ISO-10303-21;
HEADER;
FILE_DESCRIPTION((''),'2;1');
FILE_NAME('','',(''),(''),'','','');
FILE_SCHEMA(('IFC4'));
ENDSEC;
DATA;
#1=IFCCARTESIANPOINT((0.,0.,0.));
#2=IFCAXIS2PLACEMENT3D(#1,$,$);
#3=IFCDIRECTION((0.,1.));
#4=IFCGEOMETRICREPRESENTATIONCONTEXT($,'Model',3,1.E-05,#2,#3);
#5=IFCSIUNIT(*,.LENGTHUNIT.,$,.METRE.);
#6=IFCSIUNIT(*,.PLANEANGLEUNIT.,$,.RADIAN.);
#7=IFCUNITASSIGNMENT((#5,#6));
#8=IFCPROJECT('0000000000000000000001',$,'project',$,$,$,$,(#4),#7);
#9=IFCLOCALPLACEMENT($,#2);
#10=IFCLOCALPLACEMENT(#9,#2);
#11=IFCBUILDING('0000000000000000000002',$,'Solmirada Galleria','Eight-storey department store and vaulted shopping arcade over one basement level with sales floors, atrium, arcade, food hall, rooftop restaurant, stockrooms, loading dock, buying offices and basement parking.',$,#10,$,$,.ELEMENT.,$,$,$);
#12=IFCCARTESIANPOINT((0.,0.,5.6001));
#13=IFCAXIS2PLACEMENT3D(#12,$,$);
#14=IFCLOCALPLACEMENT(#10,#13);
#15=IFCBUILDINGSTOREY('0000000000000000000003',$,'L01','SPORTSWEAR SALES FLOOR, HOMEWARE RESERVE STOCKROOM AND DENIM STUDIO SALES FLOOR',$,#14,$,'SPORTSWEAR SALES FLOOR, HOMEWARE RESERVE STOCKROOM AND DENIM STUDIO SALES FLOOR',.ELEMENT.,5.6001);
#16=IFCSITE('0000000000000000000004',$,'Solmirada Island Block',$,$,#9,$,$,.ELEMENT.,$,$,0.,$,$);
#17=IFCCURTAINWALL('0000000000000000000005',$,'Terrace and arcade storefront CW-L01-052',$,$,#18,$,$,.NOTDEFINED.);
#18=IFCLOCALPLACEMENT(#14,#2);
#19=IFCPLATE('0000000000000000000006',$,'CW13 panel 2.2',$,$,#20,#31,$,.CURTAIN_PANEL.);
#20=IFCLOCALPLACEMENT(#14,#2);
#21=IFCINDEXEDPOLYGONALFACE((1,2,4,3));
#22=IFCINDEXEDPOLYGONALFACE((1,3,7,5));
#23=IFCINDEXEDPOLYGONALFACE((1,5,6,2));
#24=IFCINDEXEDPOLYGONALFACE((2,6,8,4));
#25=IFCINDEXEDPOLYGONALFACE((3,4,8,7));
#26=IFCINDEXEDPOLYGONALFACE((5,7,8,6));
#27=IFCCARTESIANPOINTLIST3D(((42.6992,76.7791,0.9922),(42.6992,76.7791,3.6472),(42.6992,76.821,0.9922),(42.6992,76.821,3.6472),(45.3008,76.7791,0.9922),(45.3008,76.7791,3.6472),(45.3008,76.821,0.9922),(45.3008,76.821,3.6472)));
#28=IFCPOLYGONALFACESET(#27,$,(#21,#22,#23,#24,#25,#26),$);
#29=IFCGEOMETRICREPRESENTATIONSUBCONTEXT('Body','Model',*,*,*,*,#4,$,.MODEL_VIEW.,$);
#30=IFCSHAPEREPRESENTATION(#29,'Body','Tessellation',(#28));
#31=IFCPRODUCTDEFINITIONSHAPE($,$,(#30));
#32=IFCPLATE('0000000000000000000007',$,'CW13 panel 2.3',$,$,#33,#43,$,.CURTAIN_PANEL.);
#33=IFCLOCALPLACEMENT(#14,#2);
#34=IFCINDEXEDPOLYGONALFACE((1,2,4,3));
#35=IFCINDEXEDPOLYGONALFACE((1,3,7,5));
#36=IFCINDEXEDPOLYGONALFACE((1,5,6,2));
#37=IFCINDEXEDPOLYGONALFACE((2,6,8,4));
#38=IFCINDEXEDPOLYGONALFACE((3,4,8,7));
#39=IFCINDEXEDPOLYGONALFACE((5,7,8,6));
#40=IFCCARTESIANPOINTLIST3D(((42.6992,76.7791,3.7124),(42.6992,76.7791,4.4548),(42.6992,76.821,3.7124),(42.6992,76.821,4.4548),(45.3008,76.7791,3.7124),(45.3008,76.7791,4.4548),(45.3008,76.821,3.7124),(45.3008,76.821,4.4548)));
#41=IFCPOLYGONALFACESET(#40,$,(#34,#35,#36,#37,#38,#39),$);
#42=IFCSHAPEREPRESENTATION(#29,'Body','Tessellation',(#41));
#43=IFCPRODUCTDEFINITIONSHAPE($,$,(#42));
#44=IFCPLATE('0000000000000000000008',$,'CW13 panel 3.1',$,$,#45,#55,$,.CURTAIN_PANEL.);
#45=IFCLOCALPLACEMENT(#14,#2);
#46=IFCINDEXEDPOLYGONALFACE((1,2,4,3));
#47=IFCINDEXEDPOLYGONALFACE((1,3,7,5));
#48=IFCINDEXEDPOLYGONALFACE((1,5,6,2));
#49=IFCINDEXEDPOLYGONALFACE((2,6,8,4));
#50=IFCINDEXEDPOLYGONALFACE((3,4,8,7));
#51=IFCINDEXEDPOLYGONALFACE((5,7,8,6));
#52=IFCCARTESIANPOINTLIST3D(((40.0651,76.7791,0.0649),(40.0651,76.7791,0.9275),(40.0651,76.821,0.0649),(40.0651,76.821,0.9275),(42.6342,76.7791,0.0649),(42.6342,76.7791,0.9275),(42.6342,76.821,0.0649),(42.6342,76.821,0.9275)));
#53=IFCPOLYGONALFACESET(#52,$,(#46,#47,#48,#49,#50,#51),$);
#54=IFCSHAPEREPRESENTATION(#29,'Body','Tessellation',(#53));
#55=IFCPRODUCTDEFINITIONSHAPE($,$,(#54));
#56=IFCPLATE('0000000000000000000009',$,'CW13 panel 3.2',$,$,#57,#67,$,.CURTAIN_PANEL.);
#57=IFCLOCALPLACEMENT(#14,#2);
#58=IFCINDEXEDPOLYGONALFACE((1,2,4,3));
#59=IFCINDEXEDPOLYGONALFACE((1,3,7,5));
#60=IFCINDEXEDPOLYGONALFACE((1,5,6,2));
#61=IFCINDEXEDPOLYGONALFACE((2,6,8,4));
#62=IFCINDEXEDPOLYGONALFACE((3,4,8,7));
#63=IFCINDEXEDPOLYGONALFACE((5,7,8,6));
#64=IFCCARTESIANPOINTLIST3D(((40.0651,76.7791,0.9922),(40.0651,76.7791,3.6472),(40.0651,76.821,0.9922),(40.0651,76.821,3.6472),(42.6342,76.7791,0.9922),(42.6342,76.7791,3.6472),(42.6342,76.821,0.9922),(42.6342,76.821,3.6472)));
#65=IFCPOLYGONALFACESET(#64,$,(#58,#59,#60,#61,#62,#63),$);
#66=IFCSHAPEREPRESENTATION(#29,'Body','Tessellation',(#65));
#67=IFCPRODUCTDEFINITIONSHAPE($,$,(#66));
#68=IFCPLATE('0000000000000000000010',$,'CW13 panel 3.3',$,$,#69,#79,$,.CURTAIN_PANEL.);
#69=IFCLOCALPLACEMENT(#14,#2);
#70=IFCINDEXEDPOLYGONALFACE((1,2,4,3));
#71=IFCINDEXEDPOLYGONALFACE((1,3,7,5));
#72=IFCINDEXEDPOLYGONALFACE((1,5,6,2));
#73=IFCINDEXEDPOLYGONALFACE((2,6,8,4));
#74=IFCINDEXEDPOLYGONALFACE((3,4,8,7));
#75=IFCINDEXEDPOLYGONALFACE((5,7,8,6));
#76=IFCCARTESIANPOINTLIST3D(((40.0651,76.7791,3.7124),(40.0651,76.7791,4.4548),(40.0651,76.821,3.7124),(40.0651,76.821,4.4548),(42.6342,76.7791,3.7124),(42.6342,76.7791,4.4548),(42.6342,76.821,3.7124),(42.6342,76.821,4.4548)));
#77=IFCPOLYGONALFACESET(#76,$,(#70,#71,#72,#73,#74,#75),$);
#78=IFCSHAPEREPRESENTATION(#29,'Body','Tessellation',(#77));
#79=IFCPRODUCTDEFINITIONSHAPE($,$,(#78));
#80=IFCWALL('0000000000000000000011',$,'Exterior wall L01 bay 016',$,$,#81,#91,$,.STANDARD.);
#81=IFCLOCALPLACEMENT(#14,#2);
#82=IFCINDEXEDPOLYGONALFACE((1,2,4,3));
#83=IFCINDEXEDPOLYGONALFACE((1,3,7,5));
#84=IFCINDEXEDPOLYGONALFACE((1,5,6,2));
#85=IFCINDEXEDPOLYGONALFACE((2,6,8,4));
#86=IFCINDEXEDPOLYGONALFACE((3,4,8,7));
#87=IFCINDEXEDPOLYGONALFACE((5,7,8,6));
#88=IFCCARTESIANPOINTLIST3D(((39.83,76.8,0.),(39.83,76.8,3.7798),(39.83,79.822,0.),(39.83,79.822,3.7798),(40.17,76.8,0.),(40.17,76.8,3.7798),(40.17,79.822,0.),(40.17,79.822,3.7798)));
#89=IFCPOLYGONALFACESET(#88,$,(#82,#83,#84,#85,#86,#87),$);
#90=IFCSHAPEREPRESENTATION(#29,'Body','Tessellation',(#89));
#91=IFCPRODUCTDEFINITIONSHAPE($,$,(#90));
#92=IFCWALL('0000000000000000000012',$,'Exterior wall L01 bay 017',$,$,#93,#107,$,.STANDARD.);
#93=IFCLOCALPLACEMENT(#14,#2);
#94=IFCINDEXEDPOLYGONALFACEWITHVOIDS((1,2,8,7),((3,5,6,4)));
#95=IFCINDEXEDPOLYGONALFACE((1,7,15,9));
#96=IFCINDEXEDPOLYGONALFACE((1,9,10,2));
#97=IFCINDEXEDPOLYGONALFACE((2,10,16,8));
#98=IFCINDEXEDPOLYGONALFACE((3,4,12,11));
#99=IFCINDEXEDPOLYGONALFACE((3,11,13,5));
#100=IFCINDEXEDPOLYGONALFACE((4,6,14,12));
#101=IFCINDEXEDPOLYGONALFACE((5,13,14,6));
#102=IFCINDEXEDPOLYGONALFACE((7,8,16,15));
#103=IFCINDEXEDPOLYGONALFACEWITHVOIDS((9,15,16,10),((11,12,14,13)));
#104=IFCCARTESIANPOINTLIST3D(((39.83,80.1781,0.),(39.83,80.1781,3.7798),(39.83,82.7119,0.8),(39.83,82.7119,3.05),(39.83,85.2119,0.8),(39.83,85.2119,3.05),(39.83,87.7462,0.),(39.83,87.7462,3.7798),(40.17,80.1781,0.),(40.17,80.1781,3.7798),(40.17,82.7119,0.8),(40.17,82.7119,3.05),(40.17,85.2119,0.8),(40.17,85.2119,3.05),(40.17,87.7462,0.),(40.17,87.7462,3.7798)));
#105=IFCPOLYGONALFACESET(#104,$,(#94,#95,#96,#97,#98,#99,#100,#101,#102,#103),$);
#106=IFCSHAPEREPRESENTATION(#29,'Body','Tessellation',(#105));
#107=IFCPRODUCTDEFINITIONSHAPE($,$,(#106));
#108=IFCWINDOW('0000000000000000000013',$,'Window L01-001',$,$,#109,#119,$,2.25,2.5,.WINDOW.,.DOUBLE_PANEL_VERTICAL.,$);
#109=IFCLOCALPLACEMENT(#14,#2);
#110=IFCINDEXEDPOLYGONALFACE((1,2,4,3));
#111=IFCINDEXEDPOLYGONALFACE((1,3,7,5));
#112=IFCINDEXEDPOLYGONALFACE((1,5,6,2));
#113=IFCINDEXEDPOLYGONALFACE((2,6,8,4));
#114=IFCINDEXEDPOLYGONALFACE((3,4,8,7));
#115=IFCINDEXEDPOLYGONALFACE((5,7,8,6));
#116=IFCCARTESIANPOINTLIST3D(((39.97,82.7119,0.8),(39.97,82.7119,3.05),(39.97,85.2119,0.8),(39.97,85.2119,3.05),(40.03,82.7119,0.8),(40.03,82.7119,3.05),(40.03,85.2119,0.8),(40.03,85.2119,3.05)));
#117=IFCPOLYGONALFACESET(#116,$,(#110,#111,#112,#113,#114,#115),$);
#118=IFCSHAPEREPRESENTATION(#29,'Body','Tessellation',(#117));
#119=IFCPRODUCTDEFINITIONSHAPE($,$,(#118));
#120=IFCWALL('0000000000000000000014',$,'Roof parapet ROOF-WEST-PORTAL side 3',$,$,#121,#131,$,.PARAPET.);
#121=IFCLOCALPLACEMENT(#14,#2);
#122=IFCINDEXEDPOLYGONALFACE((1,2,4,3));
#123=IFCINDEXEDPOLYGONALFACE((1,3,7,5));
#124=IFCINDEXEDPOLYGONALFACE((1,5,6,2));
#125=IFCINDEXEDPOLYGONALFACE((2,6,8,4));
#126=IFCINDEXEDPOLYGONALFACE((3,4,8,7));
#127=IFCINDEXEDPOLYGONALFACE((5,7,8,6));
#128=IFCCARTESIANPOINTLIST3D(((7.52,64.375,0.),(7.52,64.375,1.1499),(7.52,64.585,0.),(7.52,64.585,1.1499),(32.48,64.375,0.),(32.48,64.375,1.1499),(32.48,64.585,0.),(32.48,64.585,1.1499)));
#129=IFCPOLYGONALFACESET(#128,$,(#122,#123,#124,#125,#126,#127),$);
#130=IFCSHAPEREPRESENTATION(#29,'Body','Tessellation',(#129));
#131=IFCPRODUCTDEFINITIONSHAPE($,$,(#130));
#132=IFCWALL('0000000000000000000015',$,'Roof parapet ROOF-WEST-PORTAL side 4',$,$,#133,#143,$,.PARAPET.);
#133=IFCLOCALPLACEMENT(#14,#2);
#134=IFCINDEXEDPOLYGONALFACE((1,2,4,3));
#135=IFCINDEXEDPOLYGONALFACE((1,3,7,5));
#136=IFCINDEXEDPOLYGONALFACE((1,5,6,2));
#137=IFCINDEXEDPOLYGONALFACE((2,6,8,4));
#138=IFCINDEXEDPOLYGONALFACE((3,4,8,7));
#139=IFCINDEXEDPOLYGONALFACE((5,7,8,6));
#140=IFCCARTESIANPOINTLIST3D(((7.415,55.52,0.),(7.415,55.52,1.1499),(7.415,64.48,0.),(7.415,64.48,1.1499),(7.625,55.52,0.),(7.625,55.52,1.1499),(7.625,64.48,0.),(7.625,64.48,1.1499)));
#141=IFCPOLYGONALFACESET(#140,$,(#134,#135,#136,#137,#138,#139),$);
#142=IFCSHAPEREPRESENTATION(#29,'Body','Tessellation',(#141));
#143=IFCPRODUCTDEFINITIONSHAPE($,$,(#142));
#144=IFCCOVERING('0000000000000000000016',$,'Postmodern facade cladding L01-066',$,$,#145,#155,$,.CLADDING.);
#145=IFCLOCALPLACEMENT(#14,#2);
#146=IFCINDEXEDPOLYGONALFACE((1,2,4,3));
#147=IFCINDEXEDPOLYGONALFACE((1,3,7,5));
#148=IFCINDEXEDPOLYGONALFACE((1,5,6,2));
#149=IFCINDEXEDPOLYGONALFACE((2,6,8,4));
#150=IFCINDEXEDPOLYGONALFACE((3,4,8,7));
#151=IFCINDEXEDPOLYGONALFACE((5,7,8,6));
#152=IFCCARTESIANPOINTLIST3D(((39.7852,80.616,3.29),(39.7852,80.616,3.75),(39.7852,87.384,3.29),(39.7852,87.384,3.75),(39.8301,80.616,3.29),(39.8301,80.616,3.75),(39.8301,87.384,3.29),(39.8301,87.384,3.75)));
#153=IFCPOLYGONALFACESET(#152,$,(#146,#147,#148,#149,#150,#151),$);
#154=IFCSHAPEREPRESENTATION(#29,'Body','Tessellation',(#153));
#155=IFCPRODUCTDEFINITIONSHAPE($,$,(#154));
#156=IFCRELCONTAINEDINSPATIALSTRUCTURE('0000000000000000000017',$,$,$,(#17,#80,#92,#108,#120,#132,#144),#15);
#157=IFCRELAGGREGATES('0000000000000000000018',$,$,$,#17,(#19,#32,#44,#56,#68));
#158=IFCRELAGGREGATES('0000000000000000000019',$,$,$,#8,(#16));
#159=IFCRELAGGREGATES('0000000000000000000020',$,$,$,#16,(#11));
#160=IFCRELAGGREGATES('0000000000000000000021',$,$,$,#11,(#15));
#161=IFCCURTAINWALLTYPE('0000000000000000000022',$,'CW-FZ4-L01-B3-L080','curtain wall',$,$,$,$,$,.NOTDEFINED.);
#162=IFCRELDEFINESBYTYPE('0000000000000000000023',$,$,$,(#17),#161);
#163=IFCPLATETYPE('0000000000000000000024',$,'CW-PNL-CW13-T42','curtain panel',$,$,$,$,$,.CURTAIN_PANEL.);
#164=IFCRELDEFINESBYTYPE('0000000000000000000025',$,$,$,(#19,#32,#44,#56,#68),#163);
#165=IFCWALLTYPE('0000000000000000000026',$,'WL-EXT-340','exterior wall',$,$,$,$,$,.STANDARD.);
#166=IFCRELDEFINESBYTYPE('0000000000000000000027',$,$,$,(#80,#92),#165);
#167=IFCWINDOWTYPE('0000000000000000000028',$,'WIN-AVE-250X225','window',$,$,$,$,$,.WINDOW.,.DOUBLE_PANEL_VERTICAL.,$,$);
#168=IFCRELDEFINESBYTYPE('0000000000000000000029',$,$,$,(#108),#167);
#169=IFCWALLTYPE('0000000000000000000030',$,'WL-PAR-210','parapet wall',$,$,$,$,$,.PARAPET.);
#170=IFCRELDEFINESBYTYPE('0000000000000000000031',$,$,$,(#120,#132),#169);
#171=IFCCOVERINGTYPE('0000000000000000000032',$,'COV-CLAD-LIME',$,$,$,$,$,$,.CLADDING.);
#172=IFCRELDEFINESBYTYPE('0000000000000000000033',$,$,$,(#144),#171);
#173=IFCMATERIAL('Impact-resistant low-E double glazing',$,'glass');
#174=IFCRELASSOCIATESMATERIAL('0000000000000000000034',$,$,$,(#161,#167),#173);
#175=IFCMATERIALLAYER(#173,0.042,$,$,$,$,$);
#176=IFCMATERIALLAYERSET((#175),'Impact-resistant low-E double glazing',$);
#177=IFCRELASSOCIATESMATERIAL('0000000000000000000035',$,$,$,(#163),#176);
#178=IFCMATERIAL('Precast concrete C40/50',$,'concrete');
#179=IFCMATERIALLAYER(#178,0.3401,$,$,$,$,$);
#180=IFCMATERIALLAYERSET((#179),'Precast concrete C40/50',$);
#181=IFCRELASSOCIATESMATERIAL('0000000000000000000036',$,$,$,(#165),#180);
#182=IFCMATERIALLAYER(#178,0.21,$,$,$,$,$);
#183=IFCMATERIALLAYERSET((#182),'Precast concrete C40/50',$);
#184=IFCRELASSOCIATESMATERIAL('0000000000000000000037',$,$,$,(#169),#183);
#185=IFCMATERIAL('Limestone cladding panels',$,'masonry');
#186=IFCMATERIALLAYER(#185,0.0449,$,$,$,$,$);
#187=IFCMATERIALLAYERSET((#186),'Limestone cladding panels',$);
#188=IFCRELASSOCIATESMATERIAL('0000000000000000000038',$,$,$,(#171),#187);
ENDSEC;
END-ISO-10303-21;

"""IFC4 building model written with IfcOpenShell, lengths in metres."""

from ifc_helpers import new_model, si_unit, direction, frame, frame_2d, origin, origin_2d, place, context, subcontext, project, spatial, rectangle, extrude, material, layer, layer_set, type_object, element, fill, aggregate, save


model = new_model("IFC4")

# Units and contexts
model_context = context("Model", 3, precision=1e-05, world=origin(), true_north=direction((0.0, 1.0)))
body_context = subcontext(model_context, "Body", "Model", "MODEL_VIEW")
ifc_project = project(units=[si_unit("LENGTHUNIT", "METRE"), si_unit("PLANEANGLEUNIT", "RADIAN")], contexts=[model_context])

# Site, building, storey
site_placement = place(None, origin())
site = spatial("IfcSite", under=ifc_project, at=site_placement, Name="Solmirada Island Block", CompositionType="ELEMENT", RefElevation=0.0)
building_placement = place(site_placement, origin())
building = spatial("IfcBuilding", under=site, at=building_placement, Name="Solmirada Galleria", Description="Eight-storey department store and vaulted shopping arcade over one basement level with sales floors, atrium, arcade, food hall, rooftop restaurant, stockrooms, loading dock, buying offices and basement parking.", CompositionType="ELEMENT")
storey_placement = place(building_placement, frame((0.0, 0.0, 5.6001)))
storey = spatial("IfcBuildingStorey", under=building, at=storey_placement, Name="L01", Description="SPORTSWEAR SALES FLOOR, HOMEWARE RESERVE STOCKROOM AND DENIM STUDIO SALES FLOOR", LongName="SPORTSWEAR SALES FLOOR, HOMEWARE RESERVE STOCKROOM AND DENIM STUDIO SALES FLOOR", CompositionType="ELEMENT", Elevation=5.6001)

# Curtain wall, plates
ifc_material_1 = material(Name="Impact-resistant low-E double glazing", Category="glass")
curtain_wall_type = type_object("IfcCurtainWallType", Name="CW-FZ4-L01-B3-L080", Description="curtain wall", PredefinedType="NOTDEFINED", material=ifc_material_1)
curtain_wall_placement = place(storey_placement, origin())
curtain_wall = element("IfcCurtainWall", 1, at=curtain_wall_placement, inside=storey, type_object=curtain_wall_type, Name="Terrace and arcade storefront CW-L01-052", PredefinedType="NOTDEFINED")
ifc_layer_1 = layer(ifc_material_1, 0.042)
ifc_layer_set_1 = layer_set([ifc_layer_1], Name="Impact-resistant low-E double glazing")
plate_type = type_object("IfcPlateType", Name="CW-PNL-CW13-T42", Description="curtain panel", PredefinedType="CURTAIN_PANEL", material=ifc_layer_set_1)
plate_1_placement = place(storey_placement, frame((44.0, 76.8, 0.9922), z_axis=(0.0, 0.0, 1.0), x_axis=(-1.0, 0.0, 0.0)))
plate_1 = element("IfcPlate", 2, at=plate_1_placement, type_object=plate_type, Name="CW13 panel 2.2", PredefinedType="CURTAIN_PANEL", context=body_context, shape_type="SweptSolid", body=[
    extrude(rectangle(XDim=2.6016, YDim=0.042, at=origin_2d()), origin(), (0.0, 0.0, 1.0), 2.655),
])
plate_2_placement = place(storey_placement, frame((44.0, 76.8, 3.7124), z_axis=(0.0, 0.0, 1.0), x_axis=(-1.0, 0.0, 0.0)))
plate_2 = element("IfcPlate", 3, at=plate_2_placement, type_object=plate_type, Name="CW13 panel 2.3", PredefinedType="CURTAIN_PANEL", context=body_context, shape_type="SweptSolid", body=[
    extrude(rectangle(XDim=2.6016, YDim=0.042, at=origin_2d()), origin(), (0.0, 0.0, 1.0), 0.7424),
])
plate_3_placement = place(storey_placement, frame((41.3496, 76.8, 0.0649), z_axis=(0.0, 0.0, 1.0), x_axis=(-1.0, 0.0, 0.0)))
plate_3 = element("IfcPlate", 4, at=plate_3_placement, type_object=plate_type, Name="CW13 panel 3.1", PredefinedType="CURTAIN_PANEL", context=body_context, shape_type="SweptSolid", body=[
    extrude(rectangle(XDim=2.5691, YDim=0.042, at=origin_2d()), origin(), (0.0, 0.0, 1.0), 0.8625),
])
plate_4_placement = place(storey_placement, frame((41.3496, 76.8, 0.9922), z_axis=(0.0, 0.0, 1.0), x_axis=(-1.0, 0.0, 0.0)))
plate_4 = element("IfcPlate", 5, at=plate_4_placement, type_object=plate_type, Name="CW13 panel 3.2", PredefinedType="CURTAIN_PANEL", context=body_context, shape_type="SweptSolid", body=[
    extrude(rectangle(XDim=2.5691, YDim=0.042, at=origin_2d()), origin(), (0.0, 0.0, 1.0), 2.655),
])
plate_5_placement = place(storey_placement, frame((41.3496, 76.8, 3.7124), z_axis=(0.0, 0.0, 1.0), x_axis=(-1.0, 0.0, 0.0)))
plate_5 = element("IfcPlate", 6, at=plate_5_placement, type_object=plate_type, Name="CW13 panel 3.3", PredefinedType="CURTAIN_PANEL", context=body_context, shape_type="SweptSolid", body=[
    extrude(rectangle(XDim=2.5691, YDim=0.042, at=origin_2d()), origin(), (0.0, 0.0, 1.0), 0.7424),
])
aggregate(curtain_wall, [plate_1, plate_2, plate_3, plate_4, plate_5])

# Wall
ifc_material_2 = material(Name="Precast concrete C40/50", Category="concrete")
ifc_layer_2 = layer(ifc_material_2, 0.3401)
ifc_layer_set_2 = layer_set([ifc_layer_2], Name="Precast concrete C40/50")
wall_type_1 = type_object("IfcWallType", Name="WL-EXT-340", Description="exterior wall", PredefinedType="STANDARD", material=ifc_layer_set_2)
wall_1_placement = place(storey_placement, frame((40.0, 76.8, 0.0), z_axis=(0.0, 0.0, 1.0), x_axis=(0.0, 1.0, 0.0)))
element("IfcWall", 7, at=wall_1_placement, inside=storey, type_object=wall_type_1, Name="Exterior wall L01 bay 016", PredefinedType="STANDARD", context=body_context, shape_type="SweptSolid", body=[
    extrude(rectangle(XDim=3.022, YDim=0.3401, at=frame_2d((1.511, 0.0))), origin(), (0.0, 0.0, 1.0), 3.7798),
])

# Wall, opening, window
wall_2_placement = place(storey_placement, frame((40.0, 80.178, 0.0), z_axis=(0.0, 0.0, 1.0), x_axis=(0.0, 1.0, 0.0)))
wall_2 = element("IfcWall", 8, at=wall_2_placement, inside=storey, type_object=wall_type_1, Name="Exterior wall L01 bay 017", PredefinedType="STANDARD", context=body_context, shape_type="SweptSolid", body=[
    extrude(rectangle(XDim=7.5681, YDim=0.3401, at=frame_2d((3.7842, 0.0))), origin(), (0.0, 0.0, 1.0), 3.7798),
])
opening_placement = place(wall_2_placement, frame((2.5339, 0.0, 0.8)))
opening = element("IfcOpeningElement", 9, at=opening_placement, cuts=wall_2, PredefinedType="OPENING", context=body_context, shape_type="SweptSolid", body=[
    extrude(rectangle(XDim=2.5, YDim=2.25, at=frame_2d((1.25, 1.125))), frame((0.0, 0.1799, 0.0), z_axis=(0.0, -1.0, 0.0), x_axis=(1.0, 0.0, 0.0)), (0.0, 0.0, 1.0), 0.3601),
])
window_type = type_object("IfcWindowType", Name="WIN-AVE-250X225", Description="window", PartitioningType="DOUBLE_PANEL_VERTICAL", PredefinedType="WINDOW", material=ifc_material_1)
window_placement = place(opening_placement, origin())
window = element("IfcWindow", 10, at=window_placement, inside=storey, type_object=window_type, Name="Window L01-001", OverallHeight=2.25, OverallWidth=2.5, PartitioningType="DOUBLE_PANEL_VERTICAL", PredefinedType="WINDOW", context=body_context, shape_type="SweptSolid", body=[
    extrude(rectangle(XDim=2.5, YDim=2.25, at=frame_2d((1.25, 1.125))), frame((0.0, 0.03, 0.0), z_axis=(0.0, -1.0, 0.0), x_axis=(1.0, 0.0, 0.0)), (0.0, 0.0, 1.0), 0.0601),
])
fill(opening, window)

# Walls
ifc_layer_3 = layer(ifc_material_2, 0.21)
ifc_layer_set_3 = layer_set([ifc_layer_3], Name="Precast concrete C40/50")
wall_type_2 = type_object("IfcWallType", Name="WL-PAR-210", Description="parapet wall", PredefinedType="PARAPET", material=ifc_layer_set_3)
wall_3_placement = place(storey_placement, frame((32.48, 64.48, 0.0), z_axis=(0.0, 0.0, 1.0), x_axis=(-1.0, 0.0, 0.0)))
element("IfcWall", 11, at=wall_3_placement, inside=storey, type_object=wall_type_2, Name="Roof parapet ROOF-WEST-PORTAL side 3", PredefinedType="PARAPET", context=body_context, shape_type="SweptSolid", body=[
    extrude(rectangle(XDim=24.96, YDim=0.21, at=frame_2d((12.48, 0.0))), origin(), (0.0, 0.0, 1.0), 1.1499),
])
wall_4_placement = place(storey_placement, frame((7.52, 64.48, 0.0), z_axis=(0.0, 0.0, 1.0), x_axis=(0.0, -1.0, 0.0)))
element("IfcWall", 12, at=wall_4_placement, inside=storey, type_object=wall_type_2, Name="Roof parapet ROOF-WEST-PORTAL side 4", PredefinedType="PARAPET", context=body_context, shape_type="SweptSolid", body=[
    extrude(rectangle(XDim=8.96, YDim=0.21, at=frame_2d((4.48, 0.0))), origin(), (0.0, 0.0, 1.0), 1.1499),
])

# Covering
ifc_material_3 = material(Name="Limestone cladding panels", Category="masonry")
ifc_layer_4 = layer(ifc_material_3, 0.0449)
ifc_layer_set_4 = layer_set([ifc_layer_4], Name="Limestone cladding panels")
covering_type = type_object("IfcCoveringType", Name="COV-CLAD-LIME", PredefinedType="CLADDING", material=ifc_layer_set_4)
covering_placement = place(storey_placement, frame((39.8076, 84.0, 3.29), z_axis=(0.0, 0.0, 1.0), x_axis=(0.0, 1.0, 0.0)))
element("IfcCovering", 13, at=covering_placement, inside=storey, type_object=covering_type, Name="Postmodern facade cladding L01-066", PredefinedType="CLADDING", context=body_context, shape_type="SweptSolid", body=[
    extrude(rectangle(XDim=6.7681, YDim=0.0449, at=origin_2d()), origin(), (0.0, 0.0, 1.0), 0.46),
])

save(model, "model.ifc")
